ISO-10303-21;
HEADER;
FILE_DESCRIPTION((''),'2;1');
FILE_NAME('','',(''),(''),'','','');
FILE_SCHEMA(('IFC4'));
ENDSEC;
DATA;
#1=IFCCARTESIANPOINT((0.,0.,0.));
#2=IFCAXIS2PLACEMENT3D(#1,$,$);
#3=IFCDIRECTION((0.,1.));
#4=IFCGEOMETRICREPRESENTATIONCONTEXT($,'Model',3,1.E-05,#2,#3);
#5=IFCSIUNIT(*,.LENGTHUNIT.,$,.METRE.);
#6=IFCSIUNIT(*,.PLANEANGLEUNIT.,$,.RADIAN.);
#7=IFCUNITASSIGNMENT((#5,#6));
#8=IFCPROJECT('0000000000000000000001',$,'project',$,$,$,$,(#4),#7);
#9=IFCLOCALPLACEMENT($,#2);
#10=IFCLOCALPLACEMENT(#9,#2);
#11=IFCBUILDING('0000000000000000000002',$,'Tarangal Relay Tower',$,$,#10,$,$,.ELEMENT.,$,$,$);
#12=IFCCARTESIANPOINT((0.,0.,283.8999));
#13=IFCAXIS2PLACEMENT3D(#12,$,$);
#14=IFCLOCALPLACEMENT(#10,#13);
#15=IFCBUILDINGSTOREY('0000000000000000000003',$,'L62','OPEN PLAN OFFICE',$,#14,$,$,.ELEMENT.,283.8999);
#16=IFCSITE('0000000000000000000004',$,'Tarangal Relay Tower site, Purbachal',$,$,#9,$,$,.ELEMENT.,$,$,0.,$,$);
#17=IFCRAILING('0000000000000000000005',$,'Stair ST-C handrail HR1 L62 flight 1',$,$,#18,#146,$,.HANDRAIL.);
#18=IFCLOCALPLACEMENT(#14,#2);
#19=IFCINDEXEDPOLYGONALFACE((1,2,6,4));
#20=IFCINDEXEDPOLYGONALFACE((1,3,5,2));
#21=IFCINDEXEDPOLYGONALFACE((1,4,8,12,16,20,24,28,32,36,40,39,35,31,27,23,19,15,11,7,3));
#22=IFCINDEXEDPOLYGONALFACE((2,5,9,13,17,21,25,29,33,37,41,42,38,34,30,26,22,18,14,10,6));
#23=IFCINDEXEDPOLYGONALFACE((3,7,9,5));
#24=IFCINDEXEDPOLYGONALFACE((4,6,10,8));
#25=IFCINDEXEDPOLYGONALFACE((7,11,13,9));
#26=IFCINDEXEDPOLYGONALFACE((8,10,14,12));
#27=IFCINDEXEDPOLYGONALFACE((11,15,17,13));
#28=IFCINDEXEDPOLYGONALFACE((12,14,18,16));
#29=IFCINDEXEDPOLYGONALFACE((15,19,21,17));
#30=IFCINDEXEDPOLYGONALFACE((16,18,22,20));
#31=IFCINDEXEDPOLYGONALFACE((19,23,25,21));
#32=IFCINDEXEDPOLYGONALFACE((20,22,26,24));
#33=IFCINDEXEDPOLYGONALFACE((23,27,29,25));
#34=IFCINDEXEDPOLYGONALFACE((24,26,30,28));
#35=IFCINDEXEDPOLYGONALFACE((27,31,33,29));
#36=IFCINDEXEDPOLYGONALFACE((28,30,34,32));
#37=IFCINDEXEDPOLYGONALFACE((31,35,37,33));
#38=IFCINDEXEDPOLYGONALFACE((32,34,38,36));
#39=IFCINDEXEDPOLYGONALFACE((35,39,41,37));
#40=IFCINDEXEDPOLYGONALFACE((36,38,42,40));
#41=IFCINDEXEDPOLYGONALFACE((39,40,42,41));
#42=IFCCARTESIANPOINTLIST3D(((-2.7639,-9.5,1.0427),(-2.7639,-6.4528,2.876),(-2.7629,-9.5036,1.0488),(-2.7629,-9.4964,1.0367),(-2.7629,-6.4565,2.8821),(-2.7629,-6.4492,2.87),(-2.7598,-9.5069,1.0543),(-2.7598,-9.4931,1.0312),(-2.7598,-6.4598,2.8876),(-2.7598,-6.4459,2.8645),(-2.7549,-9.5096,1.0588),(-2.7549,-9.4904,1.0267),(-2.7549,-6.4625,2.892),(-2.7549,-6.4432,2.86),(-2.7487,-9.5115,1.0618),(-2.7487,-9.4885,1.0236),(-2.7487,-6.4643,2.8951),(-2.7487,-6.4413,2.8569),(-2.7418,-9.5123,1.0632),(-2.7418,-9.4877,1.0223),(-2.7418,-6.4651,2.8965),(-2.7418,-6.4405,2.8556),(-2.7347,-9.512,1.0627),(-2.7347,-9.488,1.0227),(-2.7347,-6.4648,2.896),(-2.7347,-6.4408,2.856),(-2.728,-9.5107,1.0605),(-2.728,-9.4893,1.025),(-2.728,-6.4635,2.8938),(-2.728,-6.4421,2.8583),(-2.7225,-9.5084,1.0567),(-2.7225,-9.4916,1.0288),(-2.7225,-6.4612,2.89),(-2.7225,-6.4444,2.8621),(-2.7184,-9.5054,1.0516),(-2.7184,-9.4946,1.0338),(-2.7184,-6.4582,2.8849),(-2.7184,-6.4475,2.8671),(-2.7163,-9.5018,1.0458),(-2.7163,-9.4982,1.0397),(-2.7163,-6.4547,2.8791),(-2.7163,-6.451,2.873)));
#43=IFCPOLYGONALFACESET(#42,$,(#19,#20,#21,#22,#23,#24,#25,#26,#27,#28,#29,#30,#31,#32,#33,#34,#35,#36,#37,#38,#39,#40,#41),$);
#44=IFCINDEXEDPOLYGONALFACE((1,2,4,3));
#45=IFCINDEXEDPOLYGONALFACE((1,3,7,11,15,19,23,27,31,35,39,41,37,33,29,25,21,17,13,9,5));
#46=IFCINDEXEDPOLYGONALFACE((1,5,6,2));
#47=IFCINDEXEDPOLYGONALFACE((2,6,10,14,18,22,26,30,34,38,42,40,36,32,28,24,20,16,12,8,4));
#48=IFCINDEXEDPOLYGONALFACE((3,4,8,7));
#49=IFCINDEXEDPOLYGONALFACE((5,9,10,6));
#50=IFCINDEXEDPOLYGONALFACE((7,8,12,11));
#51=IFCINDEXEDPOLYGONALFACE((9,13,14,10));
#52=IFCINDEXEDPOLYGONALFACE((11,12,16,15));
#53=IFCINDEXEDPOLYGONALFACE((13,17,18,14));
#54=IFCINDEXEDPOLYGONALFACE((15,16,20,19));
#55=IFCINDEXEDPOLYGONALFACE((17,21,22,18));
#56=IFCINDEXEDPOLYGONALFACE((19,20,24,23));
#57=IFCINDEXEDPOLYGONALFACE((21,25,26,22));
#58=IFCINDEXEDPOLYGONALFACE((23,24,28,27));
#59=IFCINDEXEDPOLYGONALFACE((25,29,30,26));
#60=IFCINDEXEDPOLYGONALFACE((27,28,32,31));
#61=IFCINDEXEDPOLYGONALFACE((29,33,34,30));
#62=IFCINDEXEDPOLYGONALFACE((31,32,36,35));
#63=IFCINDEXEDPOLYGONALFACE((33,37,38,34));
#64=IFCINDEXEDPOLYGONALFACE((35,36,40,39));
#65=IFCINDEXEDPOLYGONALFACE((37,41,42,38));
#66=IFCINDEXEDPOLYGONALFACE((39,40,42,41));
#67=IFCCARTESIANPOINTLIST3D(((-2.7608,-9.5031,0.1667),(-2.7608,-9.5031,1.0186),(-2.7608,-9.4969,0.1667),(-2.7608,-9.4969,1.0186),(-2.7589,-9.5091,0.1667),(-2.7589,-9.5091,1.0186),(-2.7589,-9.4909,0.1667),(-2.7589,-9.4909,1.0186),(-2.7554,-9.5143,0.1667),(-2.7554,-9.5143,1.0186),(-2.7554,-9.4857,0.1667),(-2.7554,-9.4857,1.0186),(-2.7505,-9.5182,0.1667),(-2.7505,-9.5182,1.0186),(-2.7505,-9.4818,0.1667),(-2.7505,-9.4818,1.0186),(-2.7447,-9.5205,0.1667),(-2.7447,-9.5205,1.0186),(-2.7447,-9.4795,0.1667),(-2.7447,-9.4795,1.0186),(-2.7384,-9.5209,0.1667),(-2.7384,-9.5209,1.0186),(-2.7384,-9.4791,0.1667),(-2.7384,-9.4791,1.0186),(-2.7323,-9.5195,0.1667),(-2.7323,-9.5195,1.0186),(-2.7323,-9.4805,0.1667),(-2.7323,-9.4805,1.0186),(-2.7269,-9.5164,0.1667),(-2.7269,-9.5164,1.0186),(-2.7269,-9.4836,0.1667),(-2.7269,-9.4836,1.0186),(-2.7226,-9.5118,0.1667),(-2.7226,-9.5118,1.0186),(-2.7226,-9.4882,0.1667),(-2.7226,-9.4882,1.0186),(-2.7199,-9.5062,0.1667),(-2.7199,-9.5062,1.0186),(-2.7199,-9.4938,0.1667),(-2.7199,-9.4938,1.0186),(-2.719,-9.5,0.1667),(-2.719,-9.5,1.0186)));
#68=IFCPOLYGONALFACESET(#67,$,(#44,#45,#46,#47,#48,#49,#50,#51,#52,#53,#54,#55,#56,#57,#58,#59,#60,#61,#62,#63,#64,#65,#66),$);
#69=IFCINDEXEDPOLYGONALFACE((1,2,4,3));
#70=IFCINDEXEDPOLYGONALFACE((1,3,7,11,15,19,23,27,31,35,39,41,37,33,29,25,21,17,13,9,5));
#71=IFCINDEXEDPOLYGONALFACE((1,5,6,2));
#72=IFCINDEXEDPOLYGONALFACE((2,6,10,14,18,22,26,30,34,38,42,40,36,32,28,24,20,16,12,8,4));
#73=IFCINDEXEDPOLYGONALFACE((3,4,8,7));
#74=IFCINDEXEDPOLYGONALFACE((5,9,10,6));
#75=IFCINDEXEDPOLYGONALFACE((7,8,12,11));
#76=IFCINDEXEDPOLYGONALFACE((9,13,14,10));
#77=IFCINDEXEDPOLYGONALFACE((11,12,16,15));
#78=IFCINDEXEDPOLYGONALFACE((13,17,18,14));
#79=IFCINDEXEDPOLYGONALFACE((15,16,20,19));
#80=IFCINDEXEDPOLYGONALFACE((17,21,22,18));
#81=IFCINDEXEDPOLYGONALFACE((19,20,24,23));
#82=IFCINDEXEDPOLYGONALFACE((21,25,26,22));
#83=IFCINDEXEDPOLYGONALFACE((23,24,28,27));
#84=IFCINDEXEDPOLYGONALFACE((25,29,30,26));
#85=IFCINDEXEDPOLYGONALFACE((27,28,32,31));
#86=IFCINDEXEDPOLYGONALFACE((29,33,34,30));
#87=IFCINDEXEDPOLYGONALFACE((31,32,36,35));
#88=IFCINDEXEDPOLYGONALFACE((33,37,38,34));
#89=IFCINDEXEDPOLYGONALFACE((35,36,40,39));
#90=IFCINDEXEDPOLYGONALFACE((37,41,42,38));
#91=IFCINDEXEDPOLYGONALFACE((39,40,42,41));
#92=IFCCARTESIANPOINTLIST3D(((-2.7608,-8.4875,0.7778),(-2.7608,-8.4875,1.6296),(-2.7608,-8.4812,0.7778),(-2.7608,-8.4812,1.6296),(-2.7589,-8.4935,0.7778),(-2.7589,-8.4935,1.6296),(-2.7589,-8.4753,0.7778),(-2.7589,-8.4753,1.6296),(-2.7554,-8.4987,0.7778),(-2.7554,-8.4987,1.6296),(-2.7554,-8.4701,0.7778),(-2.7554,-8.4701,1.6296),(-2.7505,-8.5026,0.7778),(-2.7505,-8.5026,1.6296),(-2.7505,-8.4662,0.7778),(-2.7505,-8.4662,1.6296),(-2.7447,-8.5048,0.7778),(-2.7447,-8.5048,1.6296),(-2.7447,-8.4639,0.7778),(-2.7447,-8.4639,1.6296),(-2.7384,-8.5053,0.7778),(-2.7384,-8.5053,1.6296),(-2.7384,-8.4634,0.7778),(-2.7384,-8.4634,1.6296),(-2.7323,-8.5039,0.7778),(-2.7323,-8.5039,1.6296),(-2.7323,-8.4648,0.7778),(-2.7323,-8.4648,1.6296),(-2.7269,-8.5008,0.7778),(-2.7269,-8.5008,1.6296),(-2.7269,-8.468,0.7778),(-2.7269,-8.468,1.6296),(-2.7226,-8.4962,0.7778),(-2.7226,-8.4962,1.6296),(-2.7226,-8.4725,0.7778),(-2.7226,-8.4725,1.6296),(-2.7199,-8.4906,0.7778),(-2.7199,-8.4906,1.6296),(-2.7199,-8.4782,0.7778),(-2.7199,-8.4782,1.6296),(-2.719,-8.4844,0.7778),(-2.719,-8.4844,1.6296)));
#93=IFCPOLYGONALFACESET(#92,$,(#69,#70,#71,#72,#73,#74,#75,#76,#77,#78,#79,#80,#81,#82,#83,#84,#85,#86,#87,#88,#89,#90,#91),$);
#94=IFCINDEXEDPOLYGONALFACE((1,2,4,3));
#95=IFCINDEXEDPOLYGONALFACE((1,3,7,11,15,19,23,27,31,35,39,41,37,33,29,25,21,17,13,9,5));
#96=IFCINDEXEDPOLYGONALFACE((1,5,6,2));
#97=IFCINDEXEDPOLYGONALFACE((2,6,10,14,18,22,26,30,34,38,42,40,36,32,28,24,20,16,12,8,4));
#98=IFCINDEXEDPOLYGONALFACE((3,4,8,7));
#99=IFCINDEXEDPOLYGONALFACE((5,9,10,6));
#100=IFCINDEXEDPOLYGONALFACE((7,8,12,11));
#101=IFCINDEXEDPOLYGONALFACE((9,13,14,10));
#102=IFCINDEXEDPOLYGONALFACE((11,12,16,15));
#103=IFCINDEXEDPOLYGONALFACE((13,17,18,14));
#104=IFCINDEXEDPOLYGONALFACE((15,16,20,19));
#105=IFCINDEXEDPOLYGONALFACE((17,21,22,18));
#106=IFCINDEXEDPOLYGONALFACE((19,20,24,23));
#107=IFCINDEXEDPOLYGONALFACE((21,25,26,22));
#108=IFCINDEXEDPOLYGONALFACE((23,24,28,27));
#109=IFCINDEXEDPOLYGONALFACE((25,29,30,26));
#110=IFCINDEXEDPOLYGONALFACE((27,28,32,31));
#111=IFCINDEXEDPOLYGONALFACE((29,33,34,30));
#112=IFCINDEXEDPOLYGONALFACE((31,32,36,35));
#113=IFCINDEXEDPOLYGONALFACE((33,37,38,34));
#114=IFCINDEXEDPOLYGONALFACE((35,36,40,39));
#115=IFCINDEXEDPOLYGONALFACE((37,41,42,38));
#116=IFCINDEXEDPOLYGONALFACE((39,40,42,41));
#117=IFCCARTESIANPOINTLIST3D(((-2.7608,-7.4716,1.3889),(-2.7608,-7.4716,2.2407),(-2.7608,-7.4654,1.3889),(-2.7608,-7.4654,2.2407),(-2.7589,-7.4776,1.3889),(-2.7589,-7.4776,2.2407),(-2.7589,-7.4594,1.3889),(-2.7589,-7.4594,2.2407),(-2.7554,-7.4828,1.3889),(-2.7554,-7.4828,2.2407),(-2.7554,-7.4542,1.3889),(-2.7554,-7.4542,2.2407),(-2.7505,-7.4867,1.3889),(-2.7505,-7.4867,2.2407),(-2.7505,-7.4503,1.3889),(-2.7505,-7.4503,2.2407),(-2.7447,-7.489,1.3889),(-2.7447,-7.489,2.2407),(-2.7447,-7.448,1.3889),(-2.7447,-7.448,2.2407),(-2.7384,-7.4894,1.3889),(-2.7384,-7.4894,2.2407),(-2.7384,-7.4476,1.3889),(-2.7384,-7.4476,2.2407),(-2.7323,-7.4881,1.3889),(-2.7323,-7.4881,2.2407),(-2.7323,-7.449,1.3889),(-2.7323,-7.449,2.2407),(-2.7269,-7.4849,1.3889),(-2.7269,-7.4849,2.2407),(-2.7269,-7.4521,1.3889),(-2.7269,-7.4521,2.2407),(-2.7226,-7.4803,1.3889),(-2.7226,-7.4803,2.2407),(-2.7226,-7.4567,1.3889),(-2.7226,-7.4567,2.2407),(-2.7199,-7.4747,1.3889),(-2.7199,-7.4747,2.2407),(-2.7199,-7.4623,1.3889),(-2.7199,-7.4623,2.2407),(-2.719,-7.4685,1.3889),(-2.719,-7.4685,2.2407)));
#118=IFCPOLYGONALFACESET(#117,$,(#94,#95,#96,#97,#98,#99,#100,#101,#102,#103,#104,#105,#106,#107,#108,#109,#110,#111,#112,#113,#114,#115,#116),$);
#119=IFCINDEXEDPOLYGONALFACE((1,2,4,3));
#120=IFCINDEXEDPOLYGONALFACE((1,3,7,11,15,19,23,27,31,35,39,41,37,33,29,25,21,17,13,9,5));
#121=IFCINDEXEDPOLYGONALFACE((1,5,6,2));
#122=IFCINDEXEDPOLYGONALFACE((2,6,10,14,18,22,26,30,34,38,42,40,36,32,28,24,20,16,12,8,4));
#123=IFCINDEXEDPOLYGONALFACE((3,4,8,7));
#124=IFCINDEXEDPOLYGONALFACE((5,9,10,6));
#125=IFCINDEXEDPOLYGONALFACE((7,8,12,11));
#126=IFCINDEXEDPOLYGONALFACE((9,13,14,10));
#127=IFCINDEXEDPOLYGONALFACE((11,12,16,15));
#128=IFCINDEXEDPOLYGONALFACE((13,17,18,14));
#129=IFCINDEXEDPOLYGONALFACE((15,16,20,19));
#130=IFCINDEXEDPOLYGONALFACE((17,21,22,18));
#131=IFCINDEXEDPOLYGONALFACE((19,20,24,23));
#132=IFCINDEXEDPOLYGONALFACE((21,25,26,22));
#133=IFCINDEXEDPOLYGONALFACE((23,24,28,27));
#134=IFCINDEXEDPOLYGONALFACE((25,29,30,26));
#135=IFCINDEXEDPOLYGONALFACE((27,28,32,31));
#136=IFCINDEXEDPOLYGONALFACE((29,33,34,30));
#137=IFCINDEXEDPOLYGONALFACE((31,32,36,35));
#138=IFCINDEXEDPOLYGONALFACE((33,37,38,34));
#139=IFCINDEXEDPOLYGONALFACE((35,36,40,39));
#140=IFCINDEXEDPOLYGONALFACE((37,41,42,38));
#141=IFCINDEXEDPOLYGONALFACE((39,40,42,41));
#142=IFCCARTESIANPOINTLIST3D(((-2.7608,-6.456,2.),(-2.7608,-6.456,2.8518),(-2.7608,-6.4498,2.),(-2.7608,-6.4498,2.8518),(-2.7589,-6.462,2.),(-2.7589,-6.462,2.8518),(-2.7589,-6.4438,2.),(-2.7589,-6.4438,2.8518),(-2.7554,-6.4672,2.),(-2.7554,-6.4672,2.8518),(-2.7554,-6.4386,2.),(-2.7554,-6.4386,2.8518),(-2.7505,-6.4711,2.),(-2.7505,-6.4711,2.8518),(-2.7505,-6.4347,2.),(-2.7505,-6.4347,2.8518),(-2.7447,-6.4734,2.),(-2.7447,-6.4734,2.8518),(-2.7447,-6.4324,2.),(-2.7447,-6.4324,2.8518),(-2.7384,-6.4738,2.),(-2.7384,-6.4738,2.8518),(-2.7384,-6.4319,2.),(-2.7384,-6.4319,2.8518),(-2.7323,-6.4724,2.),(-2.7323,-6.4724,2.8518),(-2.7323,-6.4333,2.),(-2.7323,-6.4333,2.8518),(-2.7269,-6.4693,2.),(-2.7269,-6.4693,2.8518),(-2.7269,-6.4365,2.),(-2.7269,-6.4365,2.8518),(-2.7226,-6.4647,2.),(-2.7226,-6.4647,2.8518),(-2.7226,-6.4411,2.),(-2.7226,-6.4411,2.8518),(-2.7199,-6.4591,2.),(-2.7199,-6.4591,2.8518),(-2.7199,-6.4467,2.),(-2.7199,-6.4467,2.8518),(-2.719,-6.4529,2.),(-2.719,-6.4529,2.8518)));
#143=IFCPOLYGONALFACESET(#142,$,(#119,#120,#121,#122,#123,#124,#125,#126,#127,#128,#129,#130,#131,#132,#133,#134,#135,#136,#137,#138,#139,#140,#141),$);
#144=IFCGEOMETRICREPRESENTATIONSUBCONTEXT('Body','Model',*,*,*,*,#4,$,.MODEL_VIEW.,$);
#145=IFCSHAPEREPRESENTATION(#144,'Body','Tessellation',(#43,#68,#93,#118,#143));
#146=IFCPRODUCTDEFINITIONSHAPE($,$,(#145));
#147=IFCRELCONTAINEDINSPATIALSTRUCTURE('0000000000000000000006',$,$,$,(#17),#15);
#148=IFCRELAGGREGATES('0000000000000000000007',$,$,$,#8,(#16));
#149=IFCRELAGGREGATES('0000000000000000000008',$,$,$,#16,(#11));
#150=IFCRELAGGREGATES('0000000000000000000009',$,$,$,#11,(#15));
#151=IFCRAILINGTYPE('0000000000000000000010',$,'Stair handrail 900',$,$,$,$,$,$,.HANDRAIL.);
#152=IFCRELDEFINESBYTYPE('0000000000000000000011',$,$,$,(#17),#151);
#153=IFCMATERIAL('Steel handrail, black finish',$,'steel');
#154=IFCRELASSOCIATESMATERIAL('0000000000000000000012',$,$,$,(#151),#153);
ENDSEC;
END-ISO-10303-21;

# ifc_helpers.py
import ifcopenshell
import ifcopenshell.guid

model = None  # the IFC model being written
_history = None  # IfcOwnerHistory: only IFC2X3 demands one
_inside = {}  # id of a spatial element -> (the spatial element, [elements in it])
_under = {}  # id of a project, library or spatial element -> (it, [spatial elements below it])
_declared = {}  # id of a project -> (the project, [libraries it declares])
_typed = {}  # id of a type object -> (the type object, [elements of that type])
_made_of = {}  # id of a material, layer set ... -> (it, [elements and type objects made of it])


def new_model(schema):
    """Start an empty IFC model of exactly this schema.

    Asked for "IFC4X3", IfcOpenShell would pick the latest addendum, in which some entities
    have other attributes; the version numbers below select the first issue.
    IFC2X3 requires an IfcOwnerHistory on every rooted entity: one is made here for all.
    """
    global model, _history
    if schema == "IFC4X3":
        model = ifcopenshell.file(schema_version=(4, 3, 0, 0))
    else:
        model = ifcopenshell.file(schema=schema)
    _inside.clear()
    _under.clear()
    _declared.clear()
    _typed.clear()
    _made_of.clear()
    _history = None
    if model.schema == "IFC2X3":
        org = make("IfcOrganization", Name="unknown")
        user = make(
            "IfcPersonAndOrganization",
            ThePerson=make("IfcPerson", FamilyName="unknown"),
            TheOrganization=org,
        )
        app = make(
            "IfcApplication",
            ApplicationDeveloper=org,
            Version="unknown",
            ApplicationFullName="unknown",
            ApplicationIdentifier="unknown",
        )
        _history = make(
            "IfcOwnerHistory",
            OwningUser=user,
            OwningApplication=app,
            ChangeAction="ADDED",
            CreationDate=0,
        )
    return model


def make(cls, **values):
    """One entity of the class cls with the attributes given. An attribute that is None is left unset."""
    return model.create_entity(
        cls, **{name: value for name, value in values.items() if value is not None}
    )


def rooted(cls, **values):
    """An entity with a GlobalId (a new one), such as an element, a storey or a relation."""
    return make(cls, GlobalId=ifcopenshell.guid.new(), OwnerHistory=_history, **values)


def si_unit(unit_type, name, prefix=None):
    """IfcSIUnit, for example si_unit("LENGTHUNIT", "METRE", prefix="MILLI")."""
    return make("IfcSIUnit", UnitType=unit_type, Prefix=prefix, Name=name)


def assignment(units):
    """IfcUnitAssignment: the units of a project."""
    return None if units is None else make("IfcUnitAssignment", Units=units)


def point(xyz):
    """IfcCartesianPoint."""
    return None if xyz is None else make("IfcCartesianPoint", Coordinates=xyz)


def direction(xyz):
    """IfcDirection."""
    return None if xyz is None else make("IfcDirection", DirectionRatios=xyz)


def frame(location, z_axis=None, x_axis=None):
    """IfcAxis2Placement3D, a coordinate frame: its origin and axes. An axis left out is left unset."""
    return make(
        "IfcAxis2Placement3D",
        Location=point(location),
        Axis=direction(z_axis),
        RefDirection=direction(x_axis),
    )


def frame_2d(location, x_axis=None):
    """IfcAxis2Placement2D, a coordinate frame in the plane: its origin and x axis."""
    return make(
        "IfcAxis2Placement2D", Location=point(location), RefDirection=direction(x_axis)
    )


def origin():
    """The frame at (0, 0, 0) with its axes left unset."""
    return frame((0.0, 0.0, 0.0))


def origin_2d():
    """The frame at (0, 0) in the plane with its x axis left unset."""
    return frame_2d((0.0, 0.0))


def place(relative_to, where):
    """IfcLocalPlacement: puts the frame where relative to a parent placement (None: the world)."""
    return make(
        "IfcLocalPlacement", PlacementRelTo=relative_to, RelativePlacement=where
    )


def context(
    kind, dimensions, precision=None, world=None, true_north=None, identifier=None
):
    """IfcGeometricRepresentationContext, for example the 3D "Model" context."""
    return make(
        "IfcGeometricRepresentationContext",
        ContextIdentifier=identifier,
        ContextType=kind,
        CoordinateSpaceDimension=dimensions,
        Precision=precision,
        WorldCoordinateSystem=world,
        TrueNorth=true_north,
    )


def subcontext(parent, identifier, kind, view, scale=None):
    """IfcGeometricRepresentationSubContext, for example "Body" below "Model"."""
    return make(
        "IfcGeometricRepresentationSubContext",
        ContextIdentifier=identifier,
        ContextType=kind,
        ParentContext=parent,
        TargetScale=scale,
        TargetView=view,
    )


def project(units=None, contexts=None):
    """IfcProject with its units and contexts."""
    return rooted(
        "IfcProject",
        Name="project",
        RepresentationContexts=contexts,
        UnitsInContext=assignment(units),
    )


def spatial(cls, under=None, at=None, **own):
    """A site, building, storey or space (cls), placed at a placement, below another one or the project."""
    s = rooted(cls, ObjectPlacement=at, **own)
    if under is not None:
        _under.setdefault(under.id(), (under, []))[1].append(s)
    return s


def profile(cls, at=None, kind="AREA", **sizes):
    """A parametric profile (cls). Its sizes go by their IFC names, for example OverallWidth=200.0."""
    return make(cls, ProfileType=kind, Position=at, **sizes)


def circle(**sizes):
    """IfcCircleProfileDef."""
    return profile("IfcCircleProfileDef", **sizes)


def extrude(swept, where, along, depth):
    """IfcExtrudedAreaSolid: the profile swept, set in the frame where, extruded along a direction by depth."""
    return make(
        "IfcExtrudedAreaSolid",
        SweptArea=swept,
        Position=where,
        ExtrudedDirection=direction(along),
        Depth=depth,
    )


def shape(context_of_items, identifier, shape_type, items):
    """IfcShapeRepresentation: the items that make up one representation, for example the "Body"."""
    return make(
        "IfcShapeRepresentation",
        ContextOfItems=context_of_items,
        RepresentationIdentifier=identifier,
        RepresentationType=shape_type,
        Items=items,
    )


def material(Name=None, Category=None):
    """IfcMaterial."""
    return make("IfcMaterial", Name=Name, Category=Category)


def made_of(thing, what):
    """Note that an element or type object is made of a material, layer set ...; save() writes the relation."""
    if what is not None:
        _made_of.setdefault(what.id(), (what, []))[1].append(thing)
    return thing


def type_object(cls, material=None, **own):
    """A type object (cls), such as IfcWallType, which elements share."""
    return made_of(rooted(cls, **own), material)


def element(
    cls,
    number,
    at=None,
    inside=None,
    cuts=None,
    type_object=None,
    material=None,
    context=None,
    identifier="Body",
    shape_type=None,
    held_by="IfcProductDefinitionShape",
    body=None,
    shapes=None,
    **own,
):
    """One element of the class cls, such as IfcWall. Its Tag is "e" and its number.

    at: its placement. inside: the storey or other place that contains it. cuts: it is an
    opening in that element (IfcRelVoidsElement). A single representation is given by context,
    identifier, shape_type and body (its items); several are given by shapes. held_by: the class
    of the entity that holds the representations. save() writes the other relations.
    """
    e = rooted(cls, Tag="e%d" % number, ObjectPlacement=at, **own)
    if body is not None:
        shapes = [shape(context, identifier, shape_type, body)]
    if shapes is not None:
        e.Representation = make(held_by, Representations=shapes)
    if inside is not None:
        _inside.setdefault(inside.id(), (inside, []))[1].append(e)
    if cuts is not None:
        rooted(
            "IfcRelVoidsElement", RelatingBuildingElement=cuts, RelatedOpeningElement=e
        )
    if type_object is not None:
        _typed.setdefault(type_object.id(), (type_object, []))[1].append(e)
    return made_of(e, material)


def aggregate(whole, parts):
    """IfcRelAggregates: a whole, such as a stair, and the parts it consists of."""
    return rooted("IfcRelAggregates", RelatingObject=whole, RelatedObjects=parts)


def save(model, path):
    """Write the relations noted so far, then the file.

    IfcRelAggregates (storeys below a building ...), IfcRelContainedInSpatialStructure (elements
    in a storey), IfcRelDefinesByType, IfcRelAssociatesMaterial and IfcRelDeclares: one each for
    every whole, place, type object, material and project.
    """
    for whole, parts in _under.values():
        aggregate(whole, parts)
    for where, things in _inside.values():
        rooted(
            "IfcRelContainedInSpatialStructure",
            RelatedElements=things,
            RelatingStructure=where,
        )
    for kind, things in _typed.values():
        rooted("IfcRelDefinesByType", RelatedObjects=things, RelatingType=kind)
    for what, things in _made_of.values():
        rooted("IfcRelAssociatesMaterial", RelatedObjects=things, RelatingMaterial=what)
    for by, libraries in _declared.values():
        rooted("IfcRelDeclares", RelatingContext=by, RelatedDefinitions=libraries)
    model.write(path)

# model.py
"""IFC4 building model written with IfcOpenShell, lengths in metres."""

from ifc_helpers import new_model, si_unit, direction, frame, origin, origin_2d, place, context, subcontext, project, spatial, circle, extrude, material, type_object, element, save


model = new_model("IFC4")

# Units and contexts
model_context = context("Model", 3, precision=1e-05, world=origin(), true_north=direction((0.0, 1.0)))
body_context = subcontext(model_context, "Body", "Model", "MODEL_VIEW")
ifc_project = project(units=[si_unit("LENGTHUNIT", "METRE"), si_unit("PLANEANGLEUNIT", "RADIAN")], contexts=[model_context])

# Site, building, storey
site_placement = place(None, origin())
site = spatial("IfcSite", under=ifc_project, at=site_placement, Name="Tarangal Relay Tower site, Purbachal", CompositionType="ELEMENT", RefElevation=0.0)
building_placement = place(site_placement, origin())
building = spatial("IfcBuilding", under=site, at=building_placement, Name="Tarangal Relay Tower", CompositionType="ELEMENT")
storey_placement = place(building_placement, frame((0.0, 0.0, 283.8999)))
storey = spatial("IfcBuildingStorey", under=building, at=storey_placement, Name="L62", Description="OPEN PLAN OFFICE", CompositionType="ELEMENT", Elevation=283.8999)

# Railing
ifc_material_1 = material(Name="Steel handrail, black finish", Category="steel")
railing_type_1 = type_object("IfcRailingType", Name="Stair handrail 900", PredefinedType="HANDRAIL", material=ifc_material_1)
railing_1_placement = place(storey_placement, frame((-2.74, -9.5, 0.1667)))
element("IfcRailing", 1, at=railing_1_placement, inside=storey, type_object=railing_type_1, Name="Stair ST-C handrail HR1 L62 flight 1", PredefinedType="HANDRAIL", context=body_context, shape_type="SweptSolid", body=[
    extrude(circle(Radius=0.0239, at=origin_2d()), frame((0.0, 0.0, 0.876), z_axis=(0.0, 0.856874, 0.515525), x_axis=(-1.0, 0.0, 0.0)), (0.0, 0.0, 1.0), 3.5562),
    extrude(circle(Radius=0.021, at=origin_2d()), origin(), (0.0, 0.0, 1.0), 0.8518),
    extrude(circle(Radius=0.021, at=origin_2d()), frame((0.0, 1.0156, 0.6111)), (0.0, 0.0, 1.0), 0.8518),
    extrude(circle(Radius=0.021, at=origin_2d()), frame((0.0, 2.0315, 1.2222)), (0.0, 0.0, 1.0), 0.8518),
    extrude(circle(Radius=0.021, at=origin_2d()), frame((0.0, 3.0471, 1.8333)), (0.0, 0.0, 1.0), 0.8518),
])

save(model, "model.ifc")
